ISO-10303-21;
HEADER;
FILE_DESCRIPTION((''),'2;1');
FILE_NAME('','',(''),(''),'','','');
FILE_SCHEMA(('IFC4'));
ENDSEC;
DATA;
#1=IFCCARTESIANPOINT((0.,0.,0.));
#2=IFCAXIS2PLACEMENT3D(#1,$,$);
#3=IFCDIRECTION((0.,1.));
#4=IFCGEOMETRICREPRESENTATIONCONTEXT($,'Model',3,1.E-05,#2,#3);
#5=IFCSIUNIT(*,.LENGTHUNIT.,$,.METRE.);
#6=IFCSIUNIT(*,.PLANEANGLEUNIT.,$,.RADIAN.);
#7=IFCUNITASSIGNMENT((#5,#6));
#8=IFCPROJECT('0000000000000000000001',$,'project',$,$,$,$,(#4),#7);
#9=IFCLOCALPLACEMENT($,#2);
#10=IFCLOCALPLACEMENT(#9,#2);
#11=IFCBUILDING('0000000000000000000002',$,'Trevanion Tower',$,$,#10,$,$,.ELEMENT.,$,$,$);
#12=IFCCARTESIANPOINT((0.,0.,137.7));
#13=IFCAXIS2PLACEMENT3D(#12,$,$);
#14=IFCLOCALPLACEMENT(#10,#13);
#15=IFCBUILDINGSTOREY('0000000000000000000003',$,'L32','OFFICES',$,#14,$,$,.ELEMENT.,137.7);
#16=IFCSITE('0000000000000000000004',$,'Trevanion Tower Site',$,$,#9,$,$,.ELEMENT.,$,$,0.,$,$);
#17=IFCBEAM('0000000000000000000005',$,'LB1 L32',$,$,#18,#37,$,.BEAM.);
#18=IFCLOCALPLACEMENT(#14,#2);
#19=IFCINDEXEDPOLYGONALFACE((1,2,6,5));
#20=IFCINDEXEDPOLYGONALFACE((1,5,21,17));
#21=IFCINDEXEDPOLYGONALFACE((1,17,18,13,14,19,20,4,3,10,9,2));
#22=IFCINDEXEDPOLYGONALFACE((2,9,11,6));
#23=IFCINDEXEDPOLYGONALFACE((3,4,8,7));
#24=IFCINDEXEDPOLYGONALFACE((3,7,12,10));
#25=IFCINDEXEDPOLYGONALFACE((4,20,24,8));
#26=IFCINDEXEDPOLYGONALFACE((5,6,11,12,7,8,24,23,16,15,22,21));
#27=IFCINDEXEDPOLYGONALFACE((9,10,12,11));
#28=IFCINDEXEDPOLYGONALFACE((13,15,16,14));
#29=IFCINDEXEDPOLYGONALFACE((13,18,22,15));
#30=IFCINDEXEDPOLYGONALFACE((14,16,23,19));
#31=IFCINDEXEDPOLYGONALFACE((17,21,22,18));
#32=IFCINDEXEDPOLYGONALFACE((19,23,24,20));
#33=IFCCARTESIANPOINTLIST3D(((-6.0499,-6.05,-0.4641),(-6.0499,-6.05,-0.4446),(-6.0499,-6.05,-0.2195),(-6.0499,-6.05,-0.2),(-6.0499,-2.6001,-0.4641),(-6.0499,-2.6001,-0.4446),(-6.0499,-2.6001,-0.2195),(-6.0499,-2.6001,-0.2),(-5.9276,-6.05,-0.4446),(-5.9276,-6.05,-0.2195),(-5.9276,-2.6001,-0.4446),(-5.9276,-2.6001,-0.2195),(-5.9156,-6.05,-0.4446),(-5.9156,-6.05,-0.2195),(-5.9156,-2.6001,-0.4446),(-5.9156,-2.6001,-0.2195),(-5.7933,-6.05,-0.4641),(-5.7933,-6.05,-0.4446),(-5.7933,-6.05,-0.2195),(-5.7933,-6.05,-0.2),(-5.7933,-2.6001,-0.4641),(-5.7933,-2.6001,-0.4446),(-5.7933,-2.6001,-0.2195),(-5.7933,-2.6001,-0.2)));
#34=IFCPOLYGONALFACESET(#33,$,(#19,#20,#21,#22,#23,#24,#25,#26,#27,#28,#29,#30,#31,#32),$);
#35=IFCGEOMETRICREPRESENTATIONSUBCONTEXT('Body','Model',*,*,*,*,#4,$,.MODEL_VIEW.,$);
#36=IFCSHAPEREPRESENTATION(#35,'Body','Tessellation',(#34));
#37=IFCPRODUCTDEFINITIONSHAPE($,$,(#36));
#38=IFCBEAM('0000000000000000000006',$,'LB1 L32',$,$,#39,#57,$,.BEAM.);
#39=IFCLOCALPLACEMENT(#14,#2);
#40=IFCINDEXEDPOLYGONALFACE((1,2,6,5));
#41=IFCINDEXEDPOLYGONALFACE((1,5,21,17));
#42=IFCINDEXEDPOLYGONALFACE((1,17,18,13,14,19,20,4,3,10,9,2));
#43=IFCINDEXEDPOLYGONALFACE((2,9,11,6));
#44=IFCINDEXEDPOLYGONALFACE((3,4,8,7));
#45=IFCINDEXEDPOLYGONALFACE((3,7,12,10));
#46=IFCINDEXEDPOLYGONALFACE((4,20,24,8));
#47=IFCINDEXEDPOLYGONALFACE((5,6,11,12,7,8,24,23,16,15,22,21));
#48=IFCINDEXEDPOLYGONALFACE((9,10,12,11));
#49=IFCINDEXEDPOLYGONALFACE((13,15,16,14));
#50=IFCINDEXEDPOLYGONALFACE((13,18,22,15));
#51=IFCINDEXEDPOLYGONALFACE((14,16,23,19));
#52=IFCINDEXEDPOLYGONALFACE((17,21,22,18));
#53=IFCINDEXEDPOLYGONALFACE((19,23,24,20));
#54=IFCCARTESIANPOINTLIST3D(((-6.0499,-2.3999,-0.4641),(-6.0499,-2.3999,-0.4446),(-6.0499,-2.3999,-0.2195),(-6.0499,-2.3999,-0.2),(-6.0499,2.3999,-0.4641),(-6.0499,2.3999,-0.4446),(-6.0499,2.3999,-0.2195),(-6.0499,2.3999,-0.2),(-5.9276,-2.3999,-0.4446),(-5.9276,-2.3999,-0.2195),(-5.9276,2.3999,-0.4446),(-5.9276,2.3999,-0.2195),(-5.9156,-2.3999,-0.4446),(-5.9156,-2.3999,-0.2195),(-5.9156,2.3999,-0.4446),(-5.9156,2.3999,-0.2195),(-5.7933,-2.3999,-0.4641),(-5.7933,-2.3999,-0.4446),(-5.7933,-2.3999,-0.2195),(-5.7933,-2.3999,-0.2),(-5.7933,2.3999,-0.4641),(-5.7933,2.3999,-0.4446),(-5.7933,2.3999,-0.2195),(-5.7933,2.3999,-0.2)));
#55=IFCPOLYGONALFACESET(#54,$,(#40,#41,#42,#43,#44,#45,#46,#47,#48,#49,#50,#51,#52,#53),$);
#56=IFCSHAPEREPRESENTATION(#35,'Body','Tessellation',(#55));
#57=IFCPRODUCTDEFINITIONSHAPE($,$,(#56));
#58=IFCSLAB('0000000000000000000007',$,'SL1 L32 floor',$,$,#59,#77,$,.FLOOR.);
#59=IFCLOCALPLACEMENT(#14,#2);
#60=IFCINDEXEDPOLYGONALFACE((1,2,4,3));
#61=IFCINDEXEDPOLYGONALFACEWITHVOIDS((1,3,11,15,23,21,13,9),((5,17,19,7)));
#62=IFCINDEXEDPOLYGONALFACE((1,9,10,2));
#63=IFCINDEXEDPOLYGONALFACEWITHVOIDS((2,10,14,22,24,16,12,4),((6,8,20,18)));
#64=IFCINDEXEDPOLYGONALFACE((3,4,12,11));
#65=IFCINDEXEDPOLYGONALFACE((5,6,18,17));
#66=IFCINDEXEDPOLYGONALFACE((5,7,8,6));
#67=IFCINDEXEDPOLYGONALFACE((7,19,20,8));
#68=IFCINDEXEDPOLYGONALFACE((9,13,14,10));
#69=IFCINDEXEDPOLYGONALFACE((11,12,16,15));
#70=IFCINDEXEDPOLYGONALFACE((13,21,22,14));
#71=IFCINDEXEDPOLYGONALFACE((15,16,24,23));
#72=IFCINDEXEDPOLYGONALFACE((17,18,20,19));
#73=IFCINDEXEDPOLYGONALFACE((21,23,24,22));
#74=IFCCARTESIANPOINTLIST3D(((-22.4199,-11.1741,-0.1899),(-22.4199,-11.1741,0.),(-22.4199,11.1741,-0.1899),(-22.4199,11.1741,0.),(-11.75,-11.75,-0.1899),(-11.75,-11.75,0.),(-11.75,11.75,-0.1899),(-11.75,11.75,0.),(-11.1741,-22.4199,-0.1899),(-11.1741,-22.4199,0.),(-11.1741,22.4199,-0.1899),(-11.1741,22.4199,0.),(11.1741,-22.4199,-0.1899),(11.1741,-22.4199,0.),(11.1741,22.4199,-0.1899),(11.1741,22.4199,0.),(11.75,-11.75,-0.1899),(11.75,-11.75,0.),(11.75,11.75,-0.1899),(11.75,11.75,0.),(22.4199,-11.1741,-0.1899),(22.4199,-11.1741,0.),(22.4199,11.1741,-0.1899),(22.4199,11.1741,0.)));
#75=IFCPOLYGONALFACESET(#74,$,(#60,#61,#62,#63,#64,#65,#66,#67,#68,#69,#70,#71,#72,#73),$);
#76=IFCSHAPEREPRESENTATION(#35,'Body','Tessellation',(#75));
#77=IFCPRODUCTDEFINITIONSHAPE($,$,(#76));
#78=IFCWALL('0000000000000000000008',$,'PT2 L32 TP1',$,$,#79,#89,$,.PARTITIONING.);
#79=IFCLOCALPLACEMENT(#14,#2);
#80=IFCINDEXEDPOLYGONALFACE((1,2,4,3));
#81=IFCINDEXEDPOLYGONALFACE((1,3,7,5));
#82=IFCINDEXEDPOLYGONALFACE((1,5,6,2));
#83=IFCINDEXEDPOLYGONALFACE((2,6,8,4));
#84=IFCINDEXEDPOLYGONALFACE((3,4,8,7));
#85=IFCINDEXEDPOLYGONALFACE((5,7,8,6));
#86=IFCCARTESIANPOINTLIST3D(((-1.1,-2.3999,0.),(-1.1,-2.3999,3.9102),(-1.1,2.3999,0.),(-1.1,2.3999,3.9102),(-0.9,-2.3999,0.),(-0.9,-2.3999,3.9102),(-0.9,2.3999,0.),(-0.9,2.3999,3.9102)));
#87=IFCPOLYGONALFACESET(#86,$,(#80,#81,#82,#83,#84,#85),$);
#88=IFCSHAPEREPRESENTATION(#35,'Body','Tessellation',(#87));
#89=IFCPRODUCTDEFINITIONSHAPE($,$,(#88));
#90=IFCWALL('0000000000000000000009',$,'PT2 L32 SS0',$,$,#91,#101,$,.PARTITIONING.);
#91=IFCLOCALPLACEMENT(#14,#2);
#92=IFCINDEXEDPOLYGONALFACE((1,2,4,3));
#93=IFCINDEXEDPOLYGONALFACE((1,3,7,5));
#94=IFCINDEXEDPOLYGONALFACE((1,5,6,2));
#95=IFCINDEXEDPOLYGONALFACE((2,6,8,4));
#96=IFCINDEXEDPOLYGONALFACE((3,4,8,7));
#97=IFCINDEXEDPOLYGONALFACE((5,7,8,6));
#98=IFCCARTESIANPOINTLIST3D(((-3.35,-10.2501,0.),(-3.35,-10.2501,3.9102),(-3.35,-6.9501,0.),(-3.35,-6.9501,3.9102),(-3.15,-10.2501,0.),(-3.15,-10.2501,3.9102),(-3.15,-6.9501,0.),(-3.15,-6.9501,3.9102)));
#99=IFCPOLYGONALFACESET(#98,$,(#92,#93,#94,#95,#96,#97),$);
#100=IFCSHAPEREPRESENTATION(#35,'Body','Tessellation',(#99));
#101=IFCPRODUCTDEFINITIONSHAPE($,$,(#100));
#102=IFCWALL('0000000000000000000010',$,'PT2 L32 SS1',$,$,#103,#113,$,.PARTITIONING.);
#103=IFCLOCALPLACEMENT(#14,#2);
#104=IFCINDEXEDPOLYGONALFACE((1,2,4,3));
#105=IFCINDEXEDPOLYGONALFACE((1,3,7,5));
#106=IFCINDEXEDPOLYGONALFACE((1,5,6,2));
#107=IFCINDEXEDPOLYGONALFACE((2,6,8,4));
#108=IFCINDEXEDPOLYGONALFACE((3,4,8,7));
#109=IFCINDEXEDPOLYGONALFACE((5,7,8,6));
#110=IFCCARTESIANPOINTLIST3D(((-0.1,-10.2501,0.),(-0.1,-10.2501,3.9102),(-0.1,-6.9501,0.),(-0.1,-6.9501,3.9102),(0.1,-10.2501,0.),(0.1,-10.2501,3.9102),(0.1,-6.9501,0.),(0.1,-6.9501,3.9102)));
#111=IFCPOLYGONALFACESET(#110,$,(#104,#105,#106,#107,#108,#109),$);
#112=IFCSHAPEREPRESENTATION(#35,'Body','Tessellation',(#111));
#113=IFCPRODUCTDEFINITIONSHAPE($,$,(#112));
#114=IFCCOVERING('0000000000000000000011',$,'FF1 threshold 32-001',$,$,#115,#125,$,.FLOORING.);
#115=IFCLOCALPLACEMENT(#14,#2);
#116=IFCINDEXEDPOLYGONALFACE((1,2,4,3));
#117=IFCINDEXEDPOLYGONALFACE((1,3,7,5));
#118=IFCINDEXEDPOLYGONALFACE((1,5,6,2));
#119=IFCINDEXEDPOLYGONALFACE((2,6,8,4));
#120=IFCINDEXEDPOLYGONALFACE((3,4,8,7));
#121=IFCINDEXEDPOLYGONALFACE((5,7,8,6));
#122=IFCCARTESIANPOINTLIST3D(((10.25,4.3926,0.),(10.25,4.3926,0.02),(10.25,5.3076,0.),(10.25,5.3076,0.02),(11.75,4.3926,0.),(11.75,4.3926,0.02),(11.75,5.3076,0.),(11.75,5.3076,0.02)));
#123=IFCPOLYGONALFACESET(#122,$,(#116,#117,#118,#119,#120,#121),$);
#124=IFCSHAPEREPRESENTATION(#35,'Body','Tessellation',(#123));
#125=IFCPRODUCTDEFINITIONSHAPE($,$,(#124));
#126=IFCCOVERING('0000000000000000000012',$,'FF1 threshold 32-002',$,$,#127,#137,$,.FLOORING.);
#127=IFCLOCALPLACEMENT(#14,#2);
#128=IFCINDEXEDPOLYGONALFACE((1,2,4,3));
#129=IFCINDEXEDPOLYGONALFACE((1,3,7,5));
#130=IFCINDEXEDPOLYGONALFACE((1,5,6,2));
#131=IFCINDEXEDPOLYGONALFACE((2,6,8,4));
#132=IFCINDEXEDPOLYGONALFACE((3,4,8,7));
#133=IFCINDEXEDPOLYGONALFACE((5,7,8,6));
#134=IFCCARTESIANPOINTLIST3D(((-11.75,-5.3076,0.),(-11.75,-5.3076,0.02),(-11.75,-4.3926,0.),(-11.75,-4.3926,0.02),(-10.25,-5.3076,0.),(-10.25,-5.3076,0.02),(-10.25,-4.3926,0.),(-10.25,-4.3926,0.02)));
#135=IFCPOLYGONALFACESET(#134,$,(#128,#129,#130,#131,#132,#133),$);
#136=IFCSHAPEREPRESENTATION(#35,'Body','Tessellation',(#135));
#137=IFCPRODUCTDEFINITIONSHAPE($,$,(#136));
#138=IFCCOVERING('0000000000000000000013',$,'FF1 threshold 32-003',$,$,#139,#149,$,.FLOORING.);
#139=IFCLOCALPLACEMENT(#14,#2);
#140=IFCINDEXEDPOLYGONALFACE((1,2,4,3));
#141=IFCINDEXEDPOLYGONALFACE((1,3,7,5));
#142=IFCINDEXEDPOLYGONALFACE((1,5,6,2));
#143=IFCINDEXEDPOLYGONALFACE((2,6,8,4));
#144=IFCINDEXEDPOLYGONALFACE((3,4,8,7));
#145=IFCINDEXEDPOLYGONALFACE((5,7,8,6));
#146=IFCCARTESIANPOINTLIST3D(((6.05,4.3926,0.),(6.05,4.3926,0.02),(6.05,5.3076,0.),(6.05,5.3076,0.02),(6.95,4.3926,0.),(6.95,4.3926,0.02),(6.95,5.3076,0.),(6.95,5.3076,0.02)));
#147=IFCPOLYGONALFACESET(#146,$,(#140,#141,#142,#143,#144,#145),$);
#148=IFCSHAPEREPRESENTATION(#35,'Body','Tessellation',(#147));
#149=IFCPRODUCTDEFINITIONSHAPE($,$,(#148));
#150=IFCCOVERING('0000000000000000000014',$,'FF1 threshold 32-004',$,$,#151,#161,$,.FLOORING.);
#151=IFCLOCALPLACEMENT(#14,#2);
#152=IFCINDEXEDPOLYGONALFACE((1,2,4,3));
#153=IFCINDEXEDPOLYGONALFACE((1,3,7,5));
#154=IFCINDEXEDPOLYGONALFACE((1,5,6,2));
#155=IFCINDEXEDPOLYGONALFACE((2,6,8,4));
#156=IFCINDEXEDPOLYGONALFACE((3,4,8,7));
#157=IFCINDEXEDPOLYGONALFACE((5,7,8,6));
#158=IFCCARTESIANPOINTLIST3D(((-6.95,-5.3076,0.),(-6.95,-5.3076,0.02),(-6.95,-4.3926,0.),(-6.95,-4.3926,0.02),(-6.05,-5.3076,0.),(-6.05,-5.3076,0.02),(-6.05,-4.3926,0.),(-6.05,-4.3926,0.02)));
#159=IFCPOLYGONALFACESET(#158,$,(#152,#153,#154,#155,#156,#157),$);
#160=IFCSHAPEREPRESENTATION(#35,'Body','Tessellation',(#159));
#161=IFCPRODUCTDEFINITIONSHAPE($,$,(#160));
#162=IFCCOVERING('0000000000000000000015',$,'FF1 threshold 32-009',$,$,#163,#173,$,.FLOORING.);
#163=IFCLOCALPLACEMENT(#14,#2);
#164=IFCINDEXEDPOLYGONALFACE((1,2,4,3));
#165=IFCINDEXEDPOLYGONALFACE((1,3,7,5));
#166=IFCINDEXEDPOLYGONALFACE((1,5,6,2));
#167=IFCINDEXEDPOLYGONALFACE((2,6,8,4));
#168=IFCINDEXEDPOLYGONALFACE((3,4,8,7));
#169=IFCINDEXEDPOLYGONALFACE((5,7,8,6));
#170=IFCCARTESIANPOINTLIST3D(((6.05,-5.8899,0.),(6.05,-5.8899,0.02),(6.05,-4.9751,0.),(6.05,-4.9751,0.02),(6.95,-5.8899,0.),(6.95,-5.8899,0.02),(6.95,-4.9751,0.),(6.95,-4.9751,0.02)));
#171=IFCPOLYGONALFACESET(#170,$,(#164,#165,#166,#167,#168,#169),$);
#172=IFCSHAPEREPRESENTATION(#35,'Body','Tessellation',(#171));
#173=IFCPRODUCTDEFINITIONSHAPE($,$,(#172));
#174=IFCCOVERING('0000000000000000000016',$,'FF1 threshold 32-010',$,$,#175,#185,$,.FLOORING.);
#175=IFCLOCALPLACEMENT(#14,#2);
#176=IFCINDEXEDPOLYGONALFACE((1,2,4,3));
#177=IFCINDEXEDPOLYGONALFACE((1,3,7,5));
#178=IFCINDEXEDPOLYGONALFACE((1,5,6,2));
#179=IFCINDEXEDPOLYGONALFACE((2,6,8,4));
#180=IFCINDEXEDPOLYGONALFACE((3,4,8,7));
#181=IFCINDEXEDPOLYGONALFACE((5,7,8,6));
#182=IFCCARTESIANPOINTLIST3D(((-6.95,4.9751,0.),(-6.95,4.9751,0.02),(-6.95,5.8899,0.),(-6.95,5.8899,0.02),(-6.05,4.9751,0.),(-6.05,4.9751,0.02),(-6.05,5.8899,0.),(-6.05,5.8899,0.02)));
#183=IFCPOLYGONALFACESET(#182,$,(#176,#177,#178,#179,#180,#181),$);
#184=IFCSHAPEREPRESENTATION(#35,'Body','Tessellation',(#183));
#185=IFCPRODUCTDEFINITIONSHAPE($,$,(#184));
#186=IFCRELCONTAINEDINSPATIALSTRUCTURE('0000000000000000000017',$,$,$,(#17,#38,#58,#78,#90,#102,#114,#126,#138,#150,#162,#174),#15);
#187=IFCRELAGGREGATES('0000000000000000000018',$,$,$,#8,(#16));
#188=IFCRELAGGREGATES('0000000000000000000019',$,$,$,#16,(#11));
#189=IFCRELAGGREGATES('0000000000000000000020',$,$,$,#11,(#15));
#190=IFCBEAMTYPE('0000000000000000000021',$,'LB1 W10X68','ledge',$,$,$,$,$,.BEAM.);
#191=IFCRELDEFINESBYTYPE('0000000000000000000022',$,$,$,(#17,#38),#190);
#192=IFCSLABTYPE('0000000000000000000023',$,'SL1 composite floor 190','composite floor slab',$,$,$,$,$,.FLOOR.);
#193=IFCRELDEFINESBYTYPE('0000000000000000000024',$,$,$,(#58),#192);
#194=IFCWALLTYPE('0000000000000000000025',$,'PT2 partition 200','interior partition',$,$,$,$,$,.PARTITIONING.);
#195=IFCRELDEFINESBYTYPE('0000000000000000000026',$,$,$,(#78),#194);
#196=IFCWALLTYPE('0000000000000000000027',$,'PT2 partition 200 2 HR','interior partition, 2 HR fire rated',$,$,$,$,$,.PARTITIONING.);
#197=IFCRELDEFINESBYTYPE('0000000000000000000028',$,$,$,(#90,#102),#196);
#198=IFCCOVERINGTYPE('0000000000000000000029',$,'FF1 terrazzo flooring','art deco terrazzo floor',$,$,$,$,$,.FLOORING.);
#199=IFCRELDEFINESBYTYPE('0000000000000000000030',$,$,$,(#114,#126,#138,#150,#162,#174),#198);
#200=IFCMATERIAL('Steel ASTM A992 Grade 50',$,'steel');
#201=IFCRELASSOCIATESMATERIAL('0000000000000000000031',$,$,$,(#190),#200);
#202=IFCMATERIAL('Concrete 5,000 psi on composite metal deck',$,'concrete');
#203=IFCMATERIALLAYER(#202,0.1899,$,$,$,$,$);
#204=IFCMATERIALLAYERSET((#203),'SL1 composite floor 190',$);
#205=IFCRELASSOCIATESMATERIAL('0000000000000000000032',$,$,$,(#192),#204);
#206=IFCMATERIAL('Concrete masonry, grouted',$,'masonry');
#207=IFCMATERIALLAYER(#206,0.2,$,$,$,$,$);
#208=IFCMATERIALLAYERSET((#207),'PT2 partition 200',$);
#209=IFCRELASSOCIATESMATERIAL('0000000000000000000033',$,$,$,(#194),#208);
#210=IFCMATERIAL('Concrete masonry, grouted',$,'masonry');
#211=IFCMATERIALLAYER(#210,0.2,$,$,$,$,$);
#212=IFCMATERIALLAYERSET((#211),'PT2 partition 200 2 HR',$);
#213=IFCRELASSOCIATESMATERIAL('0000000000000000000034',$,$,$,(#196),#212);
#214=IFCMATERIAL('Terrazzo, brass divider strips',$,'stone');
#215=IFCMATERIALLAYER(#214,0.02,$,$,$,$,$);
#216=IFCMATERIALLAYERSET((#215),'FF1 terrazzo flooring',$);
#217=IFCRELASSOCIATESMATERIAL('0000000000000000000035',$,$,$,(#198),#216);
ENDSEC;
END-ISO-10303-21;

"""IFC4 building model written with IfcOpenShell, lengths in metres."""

from ifc_helpers import new_model, si_unit, direction, frame, frame_2d, origin, origin_2d, place, context, subcontext, project, spatial, polyline, rectangle, i_section, outline, extrude, material, layer, layer_set, material_profile, profile_set, type_object, element, save


model = new_model("IFC4")

# Units and contexts
model_context = context("Model", 3, precision=1e-05, world=origin(), true_north=direction((0.0, 1.0)))
body_context = subcontext(model_context, "Body", "Model", "MODEL_VIEW")
ifc_project = project(units=[si_unit("LENGTHUNIT", "METRE"), si_unit("PLANEANGLEUNIT", "RADIAN")], contexts=[model_context])

# Site, building, storey
site_placement = place(None, origin())
site = spatial("IfcSite", under=ifc_project, at=site_placement, Name="Trevanion Tower Site", CompositionType="ELEMENT", RefElevation=0.0)
building_placement = place(site_placement, origin())
building = spatial("IfcBuilding", under=site, at=building_placement, Name="Trevanion Tower", CompositionType="ELEMENT")
storey_placement = place(building_placement, frame((0.0, 0.0, 137.7)))
storey = spatial("IfcBuildingStorey", under=building, at=storey_placement, Name="L32", Description="OFFICES", CompositionType="ELEMENT", Elevation=137.7)

# Beams
ifc_material_1 = material(Name="Steel ASTM A992 Grade 50", Category="steel")
ifc_material_profile = material_profile(ifc_material_1, i_section(OverallWidth=0.2566, OverallDepth=0.2642, WebThickness=0.012, FlangeThickness=0.0195, at=origin_2d()), Name="W10X68")
ifc_profile_set = profile_set([ifc_material_profile], Name="Steel ASTM A992 Grade 50")
beam_type = type_object("IfcBeamType", Name="LB1 W10X68", Description="ledge", PredefinedType="BEAM", material=ifc_profile_set)
beam_1_placement = place(storey_placement, frame((-5.9216, -6.05, -0.332), z_axis=(0.0, 1.0, 0.0), x_axis=(-1.0, 0.0, 0.0)))
element("IfcBeam", 1, at=beam_1_placement, inside=storey, type_object=beam_type, Name="LB1 L32", PredefinedType="BEAM", context=body_context, shape_type="SweptSolid", body=[
    extrude(i_section(OverallWidth=0.2566, OverallDepth=0.2642, WebThickness=0.012, FlangeThickness=0.0195, at=origin_2d()), origin(), (0.0, 0.0, 1.0), 3.45),
])
beam_2_placement = place(storey_placement, frame((-5.9216, -2.3999, -0.332), z_axis=(0.0, 1.0, 0.0), x_axis=(-1.0, 0.0, 0.0)))
element("IfcBeam", 2, at=beam_2_placement, inside=storey, type_object=beam_type, Name="LB1 L32", PredefinedType="BEAM", context=body_context, shape_type="SweptSolid", body=[
    extrude(i_section(OverallWidth=0.2566, OverallDepth=0.2642, WebThickness=0.012, FlangeThickness=0.0195, at=origin_2d()), origin(), (0.0, 0.0, 1.0), 4.7998),
])

# Slab
ifc_material_2 = material(Name="Concrete 5,000 psi on composite metal deck", Category="concrete")
ifc_layer_1 = layer(ifc_material_2, 0.1899)
ifc_layer_set_1 = layer_set([ifc_layer_1], Name="SL1 composite floor 190")
slab_type = type_object("IfcSlabType", Name="SL1 composite floor 190", Description="composite floor slab", PredefinedType="FLOOR", material=ifc_layer_set_1)
slab_placement = place(storey_placement, frame((0.0, 0.0, -0.1899)))
element("IfcSlab", 3, at=slab_placement, inside=storey, type_object=slab_type, Name="SL1 L32 floor", PredefinedType="FLOOR", context=body_context, shape_type="SweptSolid", body=[
    extrude(outline(polyline([(22.4199, -11.1741), (22.4199, 11.1741), (11.1741, 22.4199), (-11.1741, 22.4199), (-22.4199, 11.1741), (-22.4199, -11.1741), (-11.1741, -22.4199), (11.1741, -22.4199), (22.4199, -11.1741)]), holes=[polyline([(11.75, -11.75), (11.75, 11.75), (-11.75, 11.75), (-11.75, -11.75), (11.75, -11.75)])]), origin(), (0.0, 0.0, 1.0), 0.1899),
])

# Walls
ifc_material_3 = material(Name="Concrete masonry, grouted", Category="masonry")
ifc_layer_2 = layer(ifc_material_3, 0.2)
ifc_layer_set_2 = layer_set([ifc_layer_2], Name="PT2 partition 200")
wall_type_1 = type_object("IfcWallType", Name="PT2 partition 200", Description="interior partition", PredefinedType="PARTITIONING", material=ifc_layer_set_2)
wall_placement = place(storey_placement, frame((-1.0, -2.3999, 0.0), z_axis=(0.0, 0.0, 1.0), x_axis=(0.0, 1.0, 0.0)))
element("IfcWall", 4, at=wall_placement, inside=storey, type_object=wall_type_1, Name="PT2 L32 TP1", PredefinedType="PARTITIONING", context=body_context, shape_type="SweptSolid", body=[
    extrude(rectangle(XDim=4.7998, YDim=0.2, at=frame_2d((2.3999, 0.0))), origin(), (0.0, 0.0, 1.0), 3.9102),
])
ifc_material_4 = material(Name="Concrete masonry, grouted", Category="masonry")
ifc_layer_3 = layer(ifc_material_4, 0.2)
ifc_layer_set_3 = layer_set([ifc_layer_3], Name="PT2 partition 200 2 HR")
wall_type_2 = type_object("IfcWallType", Name="PT2 partition 200 2 HR", Description="interior partition, 2 HR fire rated", PredefinedType="PARTITIONING", material=ifc_layer_set_3)
for number, where, z_axis, x_axis, name in (
    (5, (-3.25, -10.25, 0.0), (0.0, 0.0, 1.0), (0.0, 1.0, 0.0), "PT2 L32 SS0"),
    (6, (0.0, -10.25, 0.0), (0.0, 0.0, 1.0), (0.0, 1.0, 0.0), "PT2 L32 SS1"),
):
    element("IfcWall", number, at=place(storey_placement, frame(where, z_axis=z_axis, x_axis=x_axis)), inside=storey, type_object=wall_type_2, Name=name, PredefinedType="PARTITIONING", context=body_context, shape_type="SweptSolid", body=[
        extrude(rectangle(XDim=3.3, YDim=0.2, at=frame_2d((1.6499, 0.0))), origin(), (0.0, 0.0, 1.0), 3.9102),
    ])

# Coverings
ifc_material_5 = material(Name="Terrazzo, brass divider strips", Category="stone")
ifc_layer_4 = layer(ifc_material_5, 0.02)
ifc_layer_set_4 = layer_set([ifc_layer_4], Name="FF1 terrazzo flooring")
covering_type = type_object("IfcCoveringType", Name="FF1 terrazzo flooring", Description="art deco terrazzo floor", PredefinedType="FLOORING", material=ifc_layer_set_4)
covering_1_placement = place(storey_placement, origin())
element("IfcCovering", 7, at=covering_1_placement, inside=storey, type_object=covering_type, Name="FF1 threshold 32-001", PredefinedType="FLOORING", context=body_context, shape_type="SweptSolid", body=[
    extrude(outline(polyline([(11.75, 4.3926), (11.75, 5.3076), (10.25, 5.3076), (10.25, 4.3926), (11.75, 4.3926)])), origin(), (0.0, 0.0, 1.0), 0.02),
])
covering_2_placement = place(storey_placement, origin())
element("IfcCovering", 8, at=covering_2_placement, inside=storey, type_object=covering_type, Name="FF1 threshold 32-002", PredefinedType="FLOORING", context=body_context, shape_type="SweptSolid", body=[
    extrude(outline(polyline([(-11.75, -4.3926), (-11.75, -5.3076), (-10.25, -5.3076), (-10.25, -4.3926), (-11.75, -4.3926)])), origin(), (0.0, 0.0, 1.0), 0.02),
])
covering_3_placement = place(storey_placement, origin())
element("IfcCovering", 9, at=covering_3_placement, inside=storey, type_object=covering_type, Name="FF1 threshold 32-003", PredefinedType="FLOORING", context=body_context, shape_type="SweptSolid", body=[
    extrude(outline(polyline([(6.95, 4.3926), (6.95, 5.3076), (6.05, 5.3076), (6.05, 4.3926), (6.95, 4.3926)])), origin(), (0.0, 0.0, 1.0), 0.02),
])
covering_4_placement = place(storey_placement, origin())
element("IfcCovering", 10, at=covering_4_placement, inside=storey, type_object=covering_type, Name="FF1 threshold 32-004", PredefinedType="FLOORING", context=body_context, shape_type="SweptSolid", body=[
    extrude(outline(polyline([(-6.95, -4.3926), (-6.95, -5.3076), (-6.05, -5.3076), (-6.05, -4.3926), (-6.95, -4.3926)])), origin(), (0.0, 0.0, 1.0), 0.02),
])
covering_5_placement = place(storey_placement, origin())
element("IfcCovering", 11, at=covering_5_placement, inside=storey, type_object=covering_type, Name="FF1 threshold 32-009", PredefinedType="FLOORING", context=body_context, shape_type="SweptSolid", body=[
    extrude(outline(polyline([(6.95, -5.8899), (6.95, -4.9751), (6.05, -4.9751), (6.05, -5.8899), (6.95, -5.8899)])), origin(), (0.0, 0.0, 1.0), 0.02),
])
covering_6_placement = place(storey_placement, origin())
element("IfcCovering", 12, at=covering_6_placement, inside=storey, type_object=covering_type, Name="FF1 threshold 32-010", PredefinedType="FLOORING", context=body_context, shape_type="SweptSolid", body=[
    extrude(outline(polyline([(-6.95, 5.8899), (-6.95, 4.9751), (-6.05, 4.9751), (-6.05, 5.8899), (-6.95, 5.8899)])), origin(), (0.0, 0.0, 1.0), 0.02),
])

save(model, "model.ifc")
